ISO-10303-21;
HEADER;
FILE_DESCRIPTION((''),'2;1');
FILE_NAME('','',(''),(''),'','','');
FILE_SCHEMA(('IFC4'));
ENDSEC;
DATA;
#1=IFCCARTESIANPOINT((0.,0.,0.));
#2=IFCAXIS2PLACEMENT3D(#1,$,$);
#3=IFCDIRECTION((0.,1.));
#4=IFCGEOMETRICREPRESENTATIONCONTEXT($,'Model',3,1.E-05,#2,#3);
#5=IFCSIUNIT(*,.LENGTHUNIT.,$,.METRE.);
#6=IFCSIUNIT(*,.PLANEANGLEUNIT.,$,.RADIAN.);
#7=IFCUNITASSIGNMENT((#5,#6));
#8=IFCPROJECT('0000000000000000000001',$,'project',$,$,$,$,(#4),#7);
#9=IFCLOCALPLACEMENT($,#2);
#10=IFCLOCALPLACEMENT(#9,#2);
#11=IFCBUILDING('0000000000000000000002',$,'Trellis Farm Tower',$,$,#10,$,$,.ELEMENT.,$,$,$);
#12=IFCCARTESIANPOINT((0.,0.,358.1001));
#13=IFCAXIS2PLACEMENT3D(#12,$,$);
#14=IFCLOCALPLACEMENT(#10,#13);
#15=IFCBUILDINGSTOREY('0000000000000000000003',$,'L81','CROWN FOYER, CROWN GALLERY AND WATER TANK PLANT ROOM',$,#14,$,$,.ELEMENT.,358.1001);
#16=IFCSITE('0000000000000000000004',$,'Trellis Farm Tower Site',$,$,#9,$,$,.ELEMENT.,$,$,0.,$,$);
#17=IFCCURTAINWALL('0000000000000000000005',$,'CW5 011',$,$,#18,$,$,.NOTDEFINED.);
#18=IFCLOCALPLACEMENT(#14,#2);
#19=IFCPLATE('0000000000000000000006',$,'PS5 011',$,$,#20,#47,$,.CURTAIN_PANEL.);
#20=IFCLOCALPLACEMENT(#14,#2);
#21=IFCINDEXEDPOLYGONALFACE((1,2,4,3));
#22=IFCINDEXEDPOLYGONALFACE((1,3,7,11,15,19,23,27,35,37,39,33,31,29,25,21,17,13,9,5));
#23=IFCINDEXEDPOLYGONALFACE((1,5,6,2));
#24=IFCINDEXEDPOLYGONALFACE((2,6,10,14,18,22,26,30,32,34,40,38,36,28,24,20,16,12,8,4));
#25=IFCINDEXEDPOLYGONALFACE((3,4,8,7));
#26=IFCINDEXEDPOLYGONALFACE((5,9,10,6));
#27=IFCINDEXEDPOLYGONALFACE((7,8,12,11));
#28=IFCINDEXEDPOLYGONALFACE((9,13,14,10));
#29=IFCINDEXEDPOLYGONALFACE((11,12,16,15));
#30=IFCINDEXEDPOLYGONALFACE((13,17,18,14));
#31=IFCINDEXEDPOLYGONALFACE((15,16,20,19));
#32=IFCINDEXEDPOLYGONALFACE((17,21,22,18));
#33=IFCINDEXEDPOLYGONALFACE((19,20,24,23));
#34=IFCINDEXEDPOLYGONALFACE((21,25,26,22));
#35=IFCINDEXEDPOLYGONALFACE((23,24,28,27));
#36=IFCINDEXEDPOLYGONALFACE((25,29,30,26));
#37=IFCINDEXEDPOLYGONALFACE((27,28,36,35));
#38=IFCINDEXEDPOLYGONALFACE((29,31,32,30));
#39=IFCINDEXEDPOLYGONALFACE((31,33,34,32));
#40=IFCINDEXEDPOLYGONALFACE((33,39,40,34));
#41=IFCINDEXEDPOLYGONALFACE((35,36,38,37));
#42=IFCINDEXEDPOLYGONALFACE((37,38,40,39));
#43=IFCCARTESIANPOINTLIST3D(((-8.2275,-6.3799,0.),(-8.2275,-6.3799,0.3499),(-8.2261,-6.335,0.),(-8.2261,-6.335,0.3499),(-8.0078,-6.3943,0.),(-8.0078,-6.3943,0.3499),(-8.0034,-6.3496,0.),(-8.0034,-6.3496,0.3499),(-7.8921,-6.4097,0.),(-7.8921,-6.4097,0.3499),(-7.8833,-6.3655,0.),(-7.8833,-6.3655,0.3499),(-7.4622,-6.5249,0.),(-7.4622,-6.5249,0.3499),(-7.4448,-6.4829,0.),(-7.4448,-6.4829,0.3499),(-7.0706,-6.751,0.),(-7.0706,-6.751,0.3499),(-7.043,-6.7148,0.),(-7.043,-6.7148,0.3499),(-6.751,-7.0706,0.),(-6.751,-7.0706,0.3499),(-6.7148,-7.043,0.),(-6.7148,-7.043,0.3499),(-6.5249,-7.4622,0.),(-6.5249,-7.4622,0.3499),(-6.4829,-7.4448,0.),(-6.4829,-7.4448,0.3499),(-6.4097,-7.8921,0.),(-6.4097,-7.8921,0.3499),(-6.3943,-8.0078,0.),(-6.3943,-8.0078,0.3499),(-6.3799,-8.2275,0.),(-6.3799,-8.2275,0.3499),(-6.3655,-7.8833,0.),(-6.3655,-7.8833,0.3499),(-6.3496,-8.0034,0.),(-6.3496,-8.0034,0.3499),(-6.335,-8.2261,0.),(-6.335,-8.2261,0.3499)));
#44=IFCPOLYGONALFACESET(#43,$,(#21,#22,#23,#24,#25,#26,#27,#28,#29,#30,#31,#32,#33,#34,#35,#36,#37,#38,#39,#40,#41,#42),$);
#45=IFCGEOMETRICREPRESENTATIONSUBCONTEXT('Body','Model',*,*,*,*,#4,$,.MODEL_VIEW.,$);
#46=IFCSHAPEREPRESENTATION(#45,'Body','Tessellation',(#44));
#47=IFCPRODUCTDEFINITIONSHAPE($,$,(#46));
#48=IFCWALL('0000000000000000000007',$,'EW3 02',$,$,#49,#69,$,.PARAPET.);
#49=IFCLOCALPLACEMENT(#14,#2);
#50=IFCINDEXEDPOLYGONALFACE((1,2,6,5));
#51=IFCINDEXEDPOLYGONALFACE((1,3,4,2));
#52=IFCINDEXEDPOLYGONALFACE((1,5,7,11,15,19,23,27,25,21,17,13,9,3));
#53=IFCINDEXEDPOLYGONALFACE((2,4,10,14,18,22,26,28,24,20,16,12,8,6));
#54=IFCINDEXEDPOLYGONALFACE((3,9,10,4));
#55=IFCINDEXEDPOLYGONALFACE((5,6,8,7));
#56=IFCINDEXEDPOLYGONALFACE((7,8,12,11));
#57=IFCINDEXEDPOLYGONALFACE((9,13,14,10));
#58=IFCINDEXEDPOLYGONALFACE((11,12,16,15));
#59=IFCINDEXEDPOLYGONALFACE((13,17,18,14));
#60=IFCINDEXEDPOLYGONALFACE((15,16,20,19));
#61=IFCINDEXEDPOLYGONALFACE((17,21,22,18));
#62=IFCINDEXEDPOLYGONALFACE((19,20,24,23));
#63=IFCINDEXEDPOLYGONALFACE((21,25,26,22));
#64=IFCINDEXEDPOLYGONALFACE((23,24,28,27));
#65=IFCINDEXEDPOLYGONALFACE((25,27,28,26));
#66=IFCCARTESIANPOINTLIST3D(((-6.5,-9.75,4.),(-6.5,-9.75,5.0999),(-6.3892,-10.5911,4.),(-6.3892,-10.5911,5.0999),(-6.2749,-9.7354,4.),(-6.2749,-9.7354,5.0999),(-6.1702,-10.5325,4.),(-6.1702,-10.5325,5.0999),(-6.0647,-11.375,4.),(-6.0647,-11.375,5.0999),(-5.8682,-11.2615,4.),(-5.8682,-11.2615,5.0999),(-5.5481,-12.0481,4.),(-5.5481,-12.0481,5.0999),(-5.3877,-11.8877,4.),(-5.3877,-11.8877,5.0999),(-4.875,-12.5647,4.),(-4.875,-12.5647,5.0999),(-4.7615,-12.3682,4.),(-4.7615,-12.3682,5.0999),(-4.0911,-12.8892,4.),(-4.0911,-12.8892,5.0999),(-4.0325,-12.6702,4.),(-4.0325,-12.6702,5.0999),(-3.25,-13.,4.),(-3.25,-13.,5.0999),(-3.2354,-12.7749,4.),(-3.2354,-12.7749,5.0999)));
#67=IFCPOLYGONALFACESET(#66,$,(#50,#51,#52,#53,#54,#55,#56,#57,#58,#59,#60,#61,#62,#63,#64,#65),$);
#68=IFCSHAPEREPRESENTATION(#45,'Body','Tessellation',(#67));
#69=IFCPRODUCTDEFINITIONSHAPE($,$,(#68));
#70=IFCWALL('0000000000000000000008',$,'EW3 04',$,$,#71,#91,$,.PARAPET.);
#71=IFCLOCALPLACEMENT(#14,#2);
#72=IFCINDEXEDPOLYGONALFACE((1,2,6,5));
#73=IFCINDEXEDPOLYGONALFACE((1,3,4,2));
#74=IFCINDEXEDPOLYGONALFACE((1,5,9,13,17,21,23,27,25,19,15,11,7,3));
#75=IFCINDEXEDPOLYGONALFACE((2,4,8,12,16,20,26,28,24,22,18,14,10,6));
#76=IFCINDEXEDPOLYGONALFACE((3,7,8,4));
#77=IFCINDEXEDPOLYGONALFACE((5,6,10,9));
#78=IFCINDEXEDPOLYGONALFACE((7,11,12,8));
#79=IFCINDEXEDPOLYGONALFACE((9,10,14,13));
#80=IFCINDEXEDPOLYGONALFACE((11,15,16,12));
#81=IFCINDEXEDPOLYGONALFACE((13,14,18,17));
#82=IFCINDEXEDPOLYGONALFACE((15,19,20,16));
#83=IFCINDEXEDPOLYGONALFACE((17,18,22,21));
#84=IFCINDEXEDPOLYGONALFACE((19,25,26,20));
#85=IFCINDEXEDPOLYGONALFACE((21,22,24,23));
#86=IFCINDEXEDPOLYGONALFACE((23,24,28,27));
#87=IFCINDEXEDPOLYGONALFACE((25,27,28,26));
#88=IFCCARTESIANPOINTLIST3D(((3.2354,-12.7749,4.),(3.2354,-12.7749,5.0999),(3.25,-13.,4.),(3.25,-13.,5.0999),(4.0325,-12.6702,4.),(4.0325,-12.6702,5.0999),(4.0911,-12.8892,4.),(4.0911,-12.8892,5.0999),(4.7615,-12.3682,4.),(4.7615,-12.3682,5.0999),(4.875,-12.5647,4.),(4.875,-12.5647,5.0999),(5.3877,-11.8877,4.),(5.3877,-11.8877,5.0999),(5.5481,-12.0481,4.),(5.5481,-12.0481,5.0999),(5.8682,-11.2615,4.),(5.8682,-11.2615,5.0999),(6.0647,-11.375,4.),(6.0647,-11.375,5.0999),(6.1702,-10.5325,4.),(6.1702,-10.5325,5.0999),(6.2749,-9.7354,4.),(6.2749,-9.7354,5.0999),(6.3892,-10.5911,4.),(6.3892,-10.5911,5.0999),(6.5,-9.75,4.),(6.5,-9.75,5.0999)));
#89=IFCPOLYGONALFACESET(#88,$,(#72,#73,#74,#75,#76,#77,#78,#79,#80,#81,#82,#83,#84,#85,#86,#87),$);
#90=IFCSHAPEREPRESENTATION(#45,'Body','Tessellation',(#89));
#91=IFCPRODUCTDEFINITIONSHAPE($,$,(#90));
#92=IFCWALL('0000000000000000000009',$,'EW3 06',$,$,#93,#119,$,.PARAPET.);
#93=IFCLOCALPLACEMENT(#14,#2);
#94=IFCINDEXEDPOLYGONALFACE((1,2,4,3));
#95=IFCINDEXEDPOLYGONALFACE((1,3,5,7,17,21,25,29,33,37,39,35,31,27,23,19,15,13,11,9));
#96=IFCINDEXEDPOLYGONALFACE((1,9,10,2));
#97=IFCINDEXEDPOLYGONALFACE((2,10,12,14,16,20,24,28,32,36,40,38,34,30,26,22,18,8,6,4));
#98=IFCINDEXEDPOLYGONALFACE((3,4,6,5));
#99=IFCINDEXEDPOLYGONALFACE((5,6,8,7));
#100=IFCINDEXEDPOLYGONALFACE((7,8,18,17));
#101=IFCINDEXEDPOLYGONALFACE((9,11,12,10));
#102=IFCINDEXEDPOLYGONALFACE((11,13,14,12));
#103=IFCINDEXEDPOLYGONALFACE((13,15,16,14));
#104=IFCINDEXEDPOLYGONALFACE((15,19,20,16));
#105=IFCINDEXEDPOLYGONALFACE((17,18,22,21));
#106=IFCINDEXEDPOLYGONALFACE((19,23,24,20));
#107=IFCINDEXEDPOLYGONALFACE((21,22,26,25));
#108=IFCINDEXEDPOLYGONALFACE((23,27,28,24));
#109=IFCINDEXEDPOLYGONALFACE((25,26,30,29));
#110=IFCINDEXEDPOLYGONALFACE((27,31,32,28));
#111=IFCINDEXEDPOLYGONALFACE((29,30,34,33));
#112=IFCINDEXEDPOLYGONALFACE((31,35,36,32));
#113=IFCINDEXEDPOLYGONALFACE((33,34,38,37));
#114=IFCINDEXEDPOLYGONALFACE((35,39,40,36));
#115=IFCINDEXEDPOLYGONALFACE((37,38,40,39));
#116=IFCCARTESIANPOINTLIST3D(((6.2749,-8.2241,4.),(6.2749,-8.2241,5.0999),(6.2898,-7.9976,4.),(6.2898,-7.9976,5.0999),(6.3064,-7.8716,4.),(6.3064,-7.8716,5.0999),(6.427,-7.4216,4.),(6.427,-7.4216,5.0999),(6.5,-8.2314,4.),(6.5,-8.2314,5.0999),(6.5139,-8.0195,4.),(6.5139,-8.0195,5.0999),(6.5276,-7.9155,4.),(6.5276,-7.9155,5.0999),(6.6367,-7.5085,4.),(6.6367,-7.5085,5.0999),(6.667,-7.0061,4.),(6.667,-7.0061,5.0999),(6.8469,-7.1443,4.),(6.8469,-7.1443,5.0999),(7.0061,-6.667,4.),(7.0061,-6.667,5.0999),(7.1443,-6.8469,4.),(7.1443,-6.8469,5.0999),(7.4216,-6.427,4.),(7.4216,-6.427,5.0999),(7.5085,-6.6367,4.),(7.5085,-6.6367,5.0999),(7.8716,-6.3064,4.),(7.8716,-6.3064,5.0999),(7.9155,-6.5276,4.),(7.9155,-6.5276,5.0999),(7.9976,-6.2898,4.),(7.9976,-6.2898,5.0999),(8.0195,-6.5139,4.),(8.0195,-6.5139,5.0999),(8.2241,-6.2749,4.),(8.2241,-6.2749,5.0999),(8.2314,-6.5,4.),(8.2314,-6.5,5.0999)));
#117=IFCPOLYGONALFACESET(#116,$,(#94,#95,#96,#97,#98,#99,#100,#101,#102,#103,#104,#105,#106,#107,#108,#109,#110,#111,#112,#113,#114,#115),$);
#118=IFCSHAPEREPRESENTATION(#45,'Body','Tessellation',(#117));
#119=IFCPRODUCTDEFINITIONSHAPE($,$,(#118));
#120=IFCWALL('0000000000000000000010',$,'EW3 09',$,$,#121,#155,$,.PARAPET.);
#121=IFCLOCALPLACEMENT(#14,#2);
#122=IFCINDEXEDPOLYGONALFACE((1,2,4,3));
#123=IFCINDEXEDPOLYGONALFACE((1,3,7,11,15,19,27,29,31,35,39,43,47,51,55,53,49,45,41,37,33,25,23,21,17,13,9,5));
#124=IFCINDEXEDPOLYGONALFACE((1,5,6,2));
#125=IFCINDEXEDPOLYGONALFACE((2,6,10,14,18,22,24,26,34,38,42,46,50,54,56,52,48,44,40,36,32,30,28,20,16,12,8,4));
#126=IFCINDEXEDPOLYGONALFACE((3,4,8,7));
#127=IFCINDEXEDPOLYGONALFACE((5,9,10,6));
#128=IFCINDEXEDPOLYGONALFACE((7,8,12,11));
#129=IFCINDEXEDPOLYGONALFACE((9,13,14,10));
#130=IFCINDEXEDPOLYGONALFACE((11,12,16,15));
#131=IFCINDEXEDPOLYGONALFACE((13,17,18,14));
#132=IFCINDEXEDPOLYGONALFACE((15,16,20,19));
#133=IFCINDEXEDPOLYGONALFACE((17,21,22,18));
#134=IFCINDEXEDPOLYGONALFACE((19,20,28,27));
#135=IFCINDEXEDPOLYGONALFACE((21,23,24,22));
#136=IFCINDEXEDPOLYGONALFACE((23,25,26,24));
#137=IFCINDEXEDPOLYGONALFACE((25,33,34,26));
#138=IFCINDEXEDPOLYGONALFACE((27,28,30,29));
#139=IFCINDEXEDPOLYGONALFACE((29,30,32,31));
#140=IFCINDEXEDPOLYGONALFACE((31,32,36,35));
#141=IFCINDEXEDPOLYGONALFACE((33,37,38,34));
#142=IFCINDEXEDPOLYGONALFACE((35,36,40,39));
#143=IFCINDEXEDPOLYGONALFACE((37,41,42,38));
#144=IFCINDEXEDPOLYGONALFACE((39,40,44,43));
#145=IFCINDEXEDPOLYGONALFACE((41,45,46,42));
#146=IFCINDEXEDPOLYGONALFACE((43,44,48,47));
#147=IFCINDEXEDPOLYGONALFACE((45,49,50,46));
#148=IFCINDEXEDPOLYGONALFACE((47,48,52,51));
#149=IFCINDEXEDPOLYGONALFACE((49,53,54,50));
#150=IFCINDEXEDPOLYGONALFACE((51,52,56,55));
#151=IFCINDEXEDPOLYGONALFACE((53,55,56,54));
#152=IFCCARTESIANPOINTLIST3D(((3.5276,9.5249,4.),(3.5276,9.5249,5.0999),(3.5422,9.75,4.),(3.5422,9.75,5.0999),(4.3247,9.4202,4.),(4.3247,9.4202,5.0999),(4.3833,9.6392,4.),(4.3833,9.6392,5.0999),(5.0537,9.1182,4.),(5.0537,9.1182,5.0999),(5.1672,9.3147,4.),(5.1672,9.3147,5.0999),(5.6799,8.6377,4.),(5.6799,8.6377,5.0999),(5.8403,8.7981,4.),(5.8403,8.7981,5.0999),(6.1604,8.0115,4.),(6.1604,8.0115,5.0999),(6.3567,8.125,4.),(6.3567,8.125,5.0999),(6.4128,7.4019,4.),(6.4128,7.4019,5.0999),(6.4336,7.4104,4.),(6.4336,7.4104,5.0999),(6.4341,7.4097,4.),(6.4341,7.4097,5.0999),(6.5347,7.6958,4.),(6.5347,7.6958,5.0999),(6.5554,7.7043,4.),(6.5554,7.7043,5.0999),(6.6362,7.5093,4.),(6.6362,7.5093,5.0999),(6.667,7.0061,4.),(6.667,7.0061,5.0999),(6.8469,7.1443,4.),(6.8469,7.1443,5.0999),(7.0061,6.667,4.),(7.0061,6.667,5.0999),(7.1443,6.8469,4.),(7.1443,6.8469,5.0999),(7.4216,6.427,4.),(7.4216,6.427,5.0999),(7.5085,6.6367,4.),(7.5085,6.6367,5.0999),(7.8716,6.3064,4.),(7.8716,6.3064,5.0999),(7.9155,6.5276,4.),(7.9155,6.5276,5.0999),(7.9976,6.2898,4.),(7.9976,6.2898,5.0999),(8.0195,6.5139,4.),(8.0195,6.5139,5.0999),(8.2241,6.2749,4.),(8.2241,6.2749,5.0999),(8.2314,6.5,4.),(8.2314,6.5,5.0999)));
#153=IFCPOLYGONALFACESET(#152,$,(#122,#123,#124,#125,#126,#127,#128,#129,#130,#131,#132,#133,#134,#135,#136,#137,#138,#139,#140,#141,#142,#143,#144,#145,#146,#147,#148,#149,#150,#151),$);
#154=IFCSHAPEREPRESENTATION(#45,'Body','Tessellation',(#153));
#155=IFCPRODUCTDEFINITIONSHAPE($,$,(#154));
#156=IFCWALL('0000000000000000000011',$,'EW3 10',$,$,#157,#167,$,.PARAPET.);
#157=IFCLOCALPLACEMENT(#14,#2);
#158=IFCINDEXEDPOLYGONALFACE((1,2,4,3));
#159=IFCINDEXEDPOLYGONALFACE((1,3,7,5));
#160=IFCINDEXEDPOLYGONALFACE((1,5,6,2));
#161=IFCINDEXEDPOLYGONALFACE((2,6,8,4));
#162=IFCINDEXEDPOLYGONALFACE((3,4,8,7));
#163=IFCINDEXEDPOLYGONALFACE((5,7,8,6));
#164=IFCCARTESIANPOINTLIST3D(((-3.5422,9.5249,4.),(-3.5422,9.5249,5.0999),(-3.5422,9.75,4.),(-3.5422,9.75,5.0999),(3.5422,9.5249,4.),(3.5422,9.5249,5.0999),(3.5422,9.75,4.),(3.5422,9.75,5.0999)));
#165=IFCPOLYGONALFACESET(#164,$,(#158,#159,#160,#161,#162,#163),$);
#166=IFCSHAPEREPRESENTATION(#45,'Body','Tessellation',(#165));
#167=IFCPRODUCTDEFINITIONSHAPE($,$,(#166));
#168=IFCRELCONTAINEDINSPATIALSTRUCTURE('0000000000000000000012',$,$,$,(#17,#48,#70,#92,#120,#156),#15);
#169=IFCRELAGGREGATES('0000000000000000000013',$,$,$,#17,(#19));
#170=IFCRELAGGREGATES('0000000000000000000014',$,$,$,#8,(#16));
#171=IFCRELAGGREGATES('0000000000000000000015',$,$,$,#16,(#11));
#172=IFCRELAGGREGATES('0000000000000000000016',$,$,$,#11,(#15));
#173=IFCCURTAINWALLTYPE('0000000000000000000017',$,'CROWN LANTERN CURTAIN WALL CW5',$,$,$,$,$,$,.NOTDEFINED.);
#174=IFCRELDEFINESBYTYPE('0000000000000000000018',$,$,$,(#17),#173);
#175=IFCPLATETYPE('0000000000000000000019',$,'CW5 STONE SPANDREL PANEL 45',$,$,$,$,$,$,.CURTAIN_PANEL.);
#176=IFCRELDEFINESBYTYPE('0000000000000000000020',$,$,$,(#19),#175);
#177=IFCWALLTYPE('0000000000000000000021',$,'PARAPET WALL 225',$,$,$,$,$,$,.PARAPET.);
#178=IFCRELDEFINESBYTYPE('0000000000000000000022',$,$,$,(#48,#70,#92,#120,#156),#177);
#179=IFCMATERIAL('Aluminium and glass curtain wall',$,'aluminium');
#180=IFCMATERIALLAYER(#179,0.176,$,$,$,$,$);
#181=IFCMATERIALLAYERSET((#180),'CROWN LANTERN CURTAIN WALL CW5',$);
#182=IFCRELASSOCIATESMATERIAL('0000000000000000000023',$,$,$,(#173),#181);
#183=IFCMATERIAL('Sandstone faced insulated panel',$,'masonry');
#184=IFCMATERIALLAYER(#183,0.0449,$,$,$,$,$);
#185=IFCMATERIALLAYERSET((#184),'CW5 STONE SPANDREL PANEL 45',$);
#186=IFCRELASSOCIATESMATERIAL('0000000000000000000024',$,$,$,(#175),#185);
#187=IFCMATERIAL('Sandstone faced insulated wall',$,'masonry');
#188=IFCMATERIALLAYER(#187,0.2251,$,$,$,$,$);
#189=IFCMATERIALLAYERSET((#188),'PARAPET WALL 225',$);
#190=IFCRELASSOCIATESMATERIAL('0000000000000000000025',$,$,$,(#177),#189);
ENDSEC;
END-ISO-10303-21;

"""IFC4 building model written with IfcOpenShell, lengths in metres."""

from ifc_helpers import new_model, si_unit, direction, frame, frame_2d, origin, place, context, subcontext, project, spatial, polyline, rectangle, outline, extrude, source, transform, mapped, material, layer, layer_set, type_object, element, aggregate, save


model = new_model("IFC4")

# Units and contexts
model_context = context("Model", 3, precision=1e-05, world=origin(), true_north=direction((0.0, 1.0)))
body_context = subcontext(model_context, "Body", "Model", "MODEL_VIEW")
ifc_project = project(units=[si_unit("LENGTHUNIT", "METRE"), si_unit("PLANEANGLEUNIT", "RADIAN")], contexts=[model_context])

# Site, building, storey
site_placement = place(None, origin())
site = spatial("IfcSite", under=ifc_project, at=site_placement, Name="Trellis Farm Tower Site", CompositionType="ELEMENT", RefElevation=0.0)
building_placement = place(site_placement, origin())
building = spatial("IfcBuilding", under=site, at=building_placement, Name="Trellis Farm Tower", CompositionType="ELEMENT")
storey_placement = place(building_placement, frame((0.0, 0.0, 358.1001)))
storey = spatial("IfcBuildingStorey", under=building, at=storey_placement, Name="L81", Description="CROWN FOYER, CROWN GALLERY AND WATER TANK PLANT ROOM", CompositionType="ELEMENT", Elevation=358.1001)

# Curtain wall
ifc_material_1 = material(Name="Aluminium and glass curtain wall", Category="aluminium")
ifc_layer_1 = layer(ifc_material_1, 0.176)
ifc_layer_set_1 = layer_set([ifc_layer_1], Name="CROWN LANTERN CURTAIN WALL CW5")
curtain_wall_type = type_object("IfcCurtainWallType", Name="CROWN LANTERN CURTAIN WALL CW5", PredefinedType="NOTDEFINED", material=ifc_layer_set_1)
placement_1 = place(storey_placement, origin())
curtain_wall_1 = element("IfcCurtainWall", 1, at=placement_1, inside=storey, type_object=curtain_wall_type, Name="CW5 011", PredefinedType="NOTDEFINED")

# Plate
ifc_material_2 = material(Name="Sandstone faced insulated panel", Category="masonry")
ifc_layer_2 = layer(ifc_material_2, 0.0449)
ifc_layer_set_2 = layer_set([ifc_layer_2], Name="CW5 STONE SPANDREL PANEL 45")
plate_type_1 = type_object("IfcPlateType", Name="CW5 STONE SPANDREL PANEL 45", PredefinedType="CURTAIN_PANEL", material=ifc_layer_set_2)
shared_shape_1 = source(origin(), body_context, "Body", "SweptSolid", [
    extrude(outline(polyline([(-8.2275, -6.3799), (-8.0078, -6.3943), (-7.8921, -6.4097), (-7.4622, -6.5249), (-7.0706, -6.751), (-6.751, -7.0706), (-6.5249, -7.4622), (-6.4097, -7.8921), (-6.3943, -8.0078), (-6.3799, -8.2275), (-6.335, -8.2261), (-6.3496, -8.0034), (-6.3655, -7.8833), (-6.4829, -7.4448), (-6.7148, -7.043), (-7.043, -6.7148), (-7.4448, -6.4829), (-7.8833, -6.3655), (-8.0034, -6.3496), (-8.2261, -6.335), (-8.2275, -6.3799)])), origin(), (0.0, 0.0, 1.0), 0.3499),
])
plate_1 = element("IfcPlate", 2, at=placement_1, type_object=plate_type_1, Name="PS5 011", PredefinedType="CURTAIN_PANEL", context=body_context, shape_type="MappedRepresentation", body=[
    mapped(shared_shape_1, transform((0.0, 0.0, 0.0))),
])
aggregate(curtain_wall_1, [plate_1])

# Walls
ifc_material_3 = material(Name="Sandstone faced insulated wall", Category="masonry")
ifc_layer_3 = layer(ifc_material_3, 0.2251)
ifc_layer_set_3 = layer_set([ifc_layer_3], Name="PARAPET WALL 225")
wall_type_1 = type_object("IfcWallType", Name="PARAPET WALL 225", PredefinedType="PARAPET", material=ifc_layer_set_3)
placement_2 = place(storey_placement, frame((0.0, 0.0, 4.0)))
element("IfcWall", 3, at=placement_2, inside=storey, type_object=wall_type_1, Name="EW3 02", PredefinedType="PARAPET", context=body_context, shape_type="SweptSolid", body=[
    extrude(outline(polyline([(-6.5, -9.75), (-6.3892, -10.5911), (-6.0647, -11.375), (-5.5481, -12.0481), (-4.875, -12.5647), (-4.0911, -12.8892), (-3.25, -13.0), (-3.2354, -12.7749), (-4.0325, -12.6702), (-4.7615, -12.3682), (-5.3877, -11.8877), (-5.8682, -11.2615), (-6.1702, -10.5325), (-6.2749, -9.7354), (-6.5, -9.75)])), origin(), (0.0, 0.0, 1.0), 1.0999),
])
element("IfcWall", 4, at=placement_2, inside=storey, type_object=wall_type_1, Name="EW3 04", PredefinedType="PARAPET", context=body_context, shape_type="SweptSolid", body=[
    extrude(outline(polyline([(3.25, -13.0), (4.0911, -12.8892), (4.875, -12.5647), (5.5481, -12.0481), (6.0647, -11.375), (6.3892, -10.5911), (6.5, -9.75), (6.2749, -9.7354), (6.1702, -10.5325), (5.8682, -11.2615), (5.3877, -11.8877), (4.7615, -12.3682), (4.0325, -12.6702), (3.2354, -12.7749), (3.25, -13.0)])), origin(), (0.0, 0.0, 1.0), 1.0999),
])
element("IfcWall", 5, at=placement_2, inside=storey, type_object=wall_type_1, Name="EW3 06", PredefinedType="PARAPET", context=body_context, shape_type="SweptSolid", body=[
    extrude(outline(polyline([(6.5, -8.2314), (6.5139, -8.0195), (6.5276, -7.9155), (6.6367, -7.5085), (6.8469, -7.1443), (7.1443, -6.8469), (7.5085, -6.6367), (7.9155, -6.5276), (8.0195, -6.5139), (8.2314, -6.5), (8.2241, -6.2749), (7.9976, -6.2898), (7.8716, -6.3064), (7.4216, -6.427), (7.0061, -6.667), (6.667, -7.0061), (6.427, -7.4216), (6.3064, -7.8716), (6.2898, -7.9976), (6.2749, -8.2241), (6.5, -8.2314)])), origin(), (0.0, 0.0, 1.0), 1.0999),
])
element("IfcWall", 6, at=placement_2, inside=storey, type_object=wall_type_1, Name="EW3 09", PredefinedType="PARAPET", context=body_context, shape_type="SweptSolid", body=[
    extrude(outline(polyline([(8.2314, 6.5), (8.0195, 6.5139), (7.9155, 6.5276), (7.5085, 6.6367), (7.1443, 6.8469), (6.8469, 7.1443), (6.6362, 7.5093), (6.5554, 7.7043), (6.5347, 7.6958), (6.3567, 8.125), (5.8403, 8.7981), (5.1672, 9.3147), (4.3833, 9.6392), (3.5422, 9.75), (3.5276, 9.5249), (4.3247, 9.4202), (5.0537, 9.1182), (5.6799, 8.6377), (6.1604, 8.0115), (6.4128, 7.4019), (6.4336, 7.4104), (6.4341, 7.4097), (6.667, 7.0061), (7.0061, 6.667), (7.4216, 6.427), (7.8716, 6.3064), (7.9976, 6.2898), (8.2241, 6.2749), (8.2314, 6.5)])), origin(), (0.0, 0.0, 1.0), 1.0999),
])
wall_1_placement = place(storey_placement, frame((3.5422, 9.6375, 4.0), z_axis=(0.0, 0.0, 1.0), x_axis=(-1.0, 0.0, 0.0)))
element("IfcWall", 7, at=wall_1_placement, inside=storey, type_object=wall_type_1, Name="EW3 10", PredefinedType="PARAPET", context=body_context, shape_type="SweptSolid", body=[
    extrude(rectangle(XDim=7.0845, YDim=0.2251, at=frame_2d((3.5422, 0.0))), origin(), (0.0, 0.0, 1.0), 1.0999),
])

save(model, "model.ifc")
